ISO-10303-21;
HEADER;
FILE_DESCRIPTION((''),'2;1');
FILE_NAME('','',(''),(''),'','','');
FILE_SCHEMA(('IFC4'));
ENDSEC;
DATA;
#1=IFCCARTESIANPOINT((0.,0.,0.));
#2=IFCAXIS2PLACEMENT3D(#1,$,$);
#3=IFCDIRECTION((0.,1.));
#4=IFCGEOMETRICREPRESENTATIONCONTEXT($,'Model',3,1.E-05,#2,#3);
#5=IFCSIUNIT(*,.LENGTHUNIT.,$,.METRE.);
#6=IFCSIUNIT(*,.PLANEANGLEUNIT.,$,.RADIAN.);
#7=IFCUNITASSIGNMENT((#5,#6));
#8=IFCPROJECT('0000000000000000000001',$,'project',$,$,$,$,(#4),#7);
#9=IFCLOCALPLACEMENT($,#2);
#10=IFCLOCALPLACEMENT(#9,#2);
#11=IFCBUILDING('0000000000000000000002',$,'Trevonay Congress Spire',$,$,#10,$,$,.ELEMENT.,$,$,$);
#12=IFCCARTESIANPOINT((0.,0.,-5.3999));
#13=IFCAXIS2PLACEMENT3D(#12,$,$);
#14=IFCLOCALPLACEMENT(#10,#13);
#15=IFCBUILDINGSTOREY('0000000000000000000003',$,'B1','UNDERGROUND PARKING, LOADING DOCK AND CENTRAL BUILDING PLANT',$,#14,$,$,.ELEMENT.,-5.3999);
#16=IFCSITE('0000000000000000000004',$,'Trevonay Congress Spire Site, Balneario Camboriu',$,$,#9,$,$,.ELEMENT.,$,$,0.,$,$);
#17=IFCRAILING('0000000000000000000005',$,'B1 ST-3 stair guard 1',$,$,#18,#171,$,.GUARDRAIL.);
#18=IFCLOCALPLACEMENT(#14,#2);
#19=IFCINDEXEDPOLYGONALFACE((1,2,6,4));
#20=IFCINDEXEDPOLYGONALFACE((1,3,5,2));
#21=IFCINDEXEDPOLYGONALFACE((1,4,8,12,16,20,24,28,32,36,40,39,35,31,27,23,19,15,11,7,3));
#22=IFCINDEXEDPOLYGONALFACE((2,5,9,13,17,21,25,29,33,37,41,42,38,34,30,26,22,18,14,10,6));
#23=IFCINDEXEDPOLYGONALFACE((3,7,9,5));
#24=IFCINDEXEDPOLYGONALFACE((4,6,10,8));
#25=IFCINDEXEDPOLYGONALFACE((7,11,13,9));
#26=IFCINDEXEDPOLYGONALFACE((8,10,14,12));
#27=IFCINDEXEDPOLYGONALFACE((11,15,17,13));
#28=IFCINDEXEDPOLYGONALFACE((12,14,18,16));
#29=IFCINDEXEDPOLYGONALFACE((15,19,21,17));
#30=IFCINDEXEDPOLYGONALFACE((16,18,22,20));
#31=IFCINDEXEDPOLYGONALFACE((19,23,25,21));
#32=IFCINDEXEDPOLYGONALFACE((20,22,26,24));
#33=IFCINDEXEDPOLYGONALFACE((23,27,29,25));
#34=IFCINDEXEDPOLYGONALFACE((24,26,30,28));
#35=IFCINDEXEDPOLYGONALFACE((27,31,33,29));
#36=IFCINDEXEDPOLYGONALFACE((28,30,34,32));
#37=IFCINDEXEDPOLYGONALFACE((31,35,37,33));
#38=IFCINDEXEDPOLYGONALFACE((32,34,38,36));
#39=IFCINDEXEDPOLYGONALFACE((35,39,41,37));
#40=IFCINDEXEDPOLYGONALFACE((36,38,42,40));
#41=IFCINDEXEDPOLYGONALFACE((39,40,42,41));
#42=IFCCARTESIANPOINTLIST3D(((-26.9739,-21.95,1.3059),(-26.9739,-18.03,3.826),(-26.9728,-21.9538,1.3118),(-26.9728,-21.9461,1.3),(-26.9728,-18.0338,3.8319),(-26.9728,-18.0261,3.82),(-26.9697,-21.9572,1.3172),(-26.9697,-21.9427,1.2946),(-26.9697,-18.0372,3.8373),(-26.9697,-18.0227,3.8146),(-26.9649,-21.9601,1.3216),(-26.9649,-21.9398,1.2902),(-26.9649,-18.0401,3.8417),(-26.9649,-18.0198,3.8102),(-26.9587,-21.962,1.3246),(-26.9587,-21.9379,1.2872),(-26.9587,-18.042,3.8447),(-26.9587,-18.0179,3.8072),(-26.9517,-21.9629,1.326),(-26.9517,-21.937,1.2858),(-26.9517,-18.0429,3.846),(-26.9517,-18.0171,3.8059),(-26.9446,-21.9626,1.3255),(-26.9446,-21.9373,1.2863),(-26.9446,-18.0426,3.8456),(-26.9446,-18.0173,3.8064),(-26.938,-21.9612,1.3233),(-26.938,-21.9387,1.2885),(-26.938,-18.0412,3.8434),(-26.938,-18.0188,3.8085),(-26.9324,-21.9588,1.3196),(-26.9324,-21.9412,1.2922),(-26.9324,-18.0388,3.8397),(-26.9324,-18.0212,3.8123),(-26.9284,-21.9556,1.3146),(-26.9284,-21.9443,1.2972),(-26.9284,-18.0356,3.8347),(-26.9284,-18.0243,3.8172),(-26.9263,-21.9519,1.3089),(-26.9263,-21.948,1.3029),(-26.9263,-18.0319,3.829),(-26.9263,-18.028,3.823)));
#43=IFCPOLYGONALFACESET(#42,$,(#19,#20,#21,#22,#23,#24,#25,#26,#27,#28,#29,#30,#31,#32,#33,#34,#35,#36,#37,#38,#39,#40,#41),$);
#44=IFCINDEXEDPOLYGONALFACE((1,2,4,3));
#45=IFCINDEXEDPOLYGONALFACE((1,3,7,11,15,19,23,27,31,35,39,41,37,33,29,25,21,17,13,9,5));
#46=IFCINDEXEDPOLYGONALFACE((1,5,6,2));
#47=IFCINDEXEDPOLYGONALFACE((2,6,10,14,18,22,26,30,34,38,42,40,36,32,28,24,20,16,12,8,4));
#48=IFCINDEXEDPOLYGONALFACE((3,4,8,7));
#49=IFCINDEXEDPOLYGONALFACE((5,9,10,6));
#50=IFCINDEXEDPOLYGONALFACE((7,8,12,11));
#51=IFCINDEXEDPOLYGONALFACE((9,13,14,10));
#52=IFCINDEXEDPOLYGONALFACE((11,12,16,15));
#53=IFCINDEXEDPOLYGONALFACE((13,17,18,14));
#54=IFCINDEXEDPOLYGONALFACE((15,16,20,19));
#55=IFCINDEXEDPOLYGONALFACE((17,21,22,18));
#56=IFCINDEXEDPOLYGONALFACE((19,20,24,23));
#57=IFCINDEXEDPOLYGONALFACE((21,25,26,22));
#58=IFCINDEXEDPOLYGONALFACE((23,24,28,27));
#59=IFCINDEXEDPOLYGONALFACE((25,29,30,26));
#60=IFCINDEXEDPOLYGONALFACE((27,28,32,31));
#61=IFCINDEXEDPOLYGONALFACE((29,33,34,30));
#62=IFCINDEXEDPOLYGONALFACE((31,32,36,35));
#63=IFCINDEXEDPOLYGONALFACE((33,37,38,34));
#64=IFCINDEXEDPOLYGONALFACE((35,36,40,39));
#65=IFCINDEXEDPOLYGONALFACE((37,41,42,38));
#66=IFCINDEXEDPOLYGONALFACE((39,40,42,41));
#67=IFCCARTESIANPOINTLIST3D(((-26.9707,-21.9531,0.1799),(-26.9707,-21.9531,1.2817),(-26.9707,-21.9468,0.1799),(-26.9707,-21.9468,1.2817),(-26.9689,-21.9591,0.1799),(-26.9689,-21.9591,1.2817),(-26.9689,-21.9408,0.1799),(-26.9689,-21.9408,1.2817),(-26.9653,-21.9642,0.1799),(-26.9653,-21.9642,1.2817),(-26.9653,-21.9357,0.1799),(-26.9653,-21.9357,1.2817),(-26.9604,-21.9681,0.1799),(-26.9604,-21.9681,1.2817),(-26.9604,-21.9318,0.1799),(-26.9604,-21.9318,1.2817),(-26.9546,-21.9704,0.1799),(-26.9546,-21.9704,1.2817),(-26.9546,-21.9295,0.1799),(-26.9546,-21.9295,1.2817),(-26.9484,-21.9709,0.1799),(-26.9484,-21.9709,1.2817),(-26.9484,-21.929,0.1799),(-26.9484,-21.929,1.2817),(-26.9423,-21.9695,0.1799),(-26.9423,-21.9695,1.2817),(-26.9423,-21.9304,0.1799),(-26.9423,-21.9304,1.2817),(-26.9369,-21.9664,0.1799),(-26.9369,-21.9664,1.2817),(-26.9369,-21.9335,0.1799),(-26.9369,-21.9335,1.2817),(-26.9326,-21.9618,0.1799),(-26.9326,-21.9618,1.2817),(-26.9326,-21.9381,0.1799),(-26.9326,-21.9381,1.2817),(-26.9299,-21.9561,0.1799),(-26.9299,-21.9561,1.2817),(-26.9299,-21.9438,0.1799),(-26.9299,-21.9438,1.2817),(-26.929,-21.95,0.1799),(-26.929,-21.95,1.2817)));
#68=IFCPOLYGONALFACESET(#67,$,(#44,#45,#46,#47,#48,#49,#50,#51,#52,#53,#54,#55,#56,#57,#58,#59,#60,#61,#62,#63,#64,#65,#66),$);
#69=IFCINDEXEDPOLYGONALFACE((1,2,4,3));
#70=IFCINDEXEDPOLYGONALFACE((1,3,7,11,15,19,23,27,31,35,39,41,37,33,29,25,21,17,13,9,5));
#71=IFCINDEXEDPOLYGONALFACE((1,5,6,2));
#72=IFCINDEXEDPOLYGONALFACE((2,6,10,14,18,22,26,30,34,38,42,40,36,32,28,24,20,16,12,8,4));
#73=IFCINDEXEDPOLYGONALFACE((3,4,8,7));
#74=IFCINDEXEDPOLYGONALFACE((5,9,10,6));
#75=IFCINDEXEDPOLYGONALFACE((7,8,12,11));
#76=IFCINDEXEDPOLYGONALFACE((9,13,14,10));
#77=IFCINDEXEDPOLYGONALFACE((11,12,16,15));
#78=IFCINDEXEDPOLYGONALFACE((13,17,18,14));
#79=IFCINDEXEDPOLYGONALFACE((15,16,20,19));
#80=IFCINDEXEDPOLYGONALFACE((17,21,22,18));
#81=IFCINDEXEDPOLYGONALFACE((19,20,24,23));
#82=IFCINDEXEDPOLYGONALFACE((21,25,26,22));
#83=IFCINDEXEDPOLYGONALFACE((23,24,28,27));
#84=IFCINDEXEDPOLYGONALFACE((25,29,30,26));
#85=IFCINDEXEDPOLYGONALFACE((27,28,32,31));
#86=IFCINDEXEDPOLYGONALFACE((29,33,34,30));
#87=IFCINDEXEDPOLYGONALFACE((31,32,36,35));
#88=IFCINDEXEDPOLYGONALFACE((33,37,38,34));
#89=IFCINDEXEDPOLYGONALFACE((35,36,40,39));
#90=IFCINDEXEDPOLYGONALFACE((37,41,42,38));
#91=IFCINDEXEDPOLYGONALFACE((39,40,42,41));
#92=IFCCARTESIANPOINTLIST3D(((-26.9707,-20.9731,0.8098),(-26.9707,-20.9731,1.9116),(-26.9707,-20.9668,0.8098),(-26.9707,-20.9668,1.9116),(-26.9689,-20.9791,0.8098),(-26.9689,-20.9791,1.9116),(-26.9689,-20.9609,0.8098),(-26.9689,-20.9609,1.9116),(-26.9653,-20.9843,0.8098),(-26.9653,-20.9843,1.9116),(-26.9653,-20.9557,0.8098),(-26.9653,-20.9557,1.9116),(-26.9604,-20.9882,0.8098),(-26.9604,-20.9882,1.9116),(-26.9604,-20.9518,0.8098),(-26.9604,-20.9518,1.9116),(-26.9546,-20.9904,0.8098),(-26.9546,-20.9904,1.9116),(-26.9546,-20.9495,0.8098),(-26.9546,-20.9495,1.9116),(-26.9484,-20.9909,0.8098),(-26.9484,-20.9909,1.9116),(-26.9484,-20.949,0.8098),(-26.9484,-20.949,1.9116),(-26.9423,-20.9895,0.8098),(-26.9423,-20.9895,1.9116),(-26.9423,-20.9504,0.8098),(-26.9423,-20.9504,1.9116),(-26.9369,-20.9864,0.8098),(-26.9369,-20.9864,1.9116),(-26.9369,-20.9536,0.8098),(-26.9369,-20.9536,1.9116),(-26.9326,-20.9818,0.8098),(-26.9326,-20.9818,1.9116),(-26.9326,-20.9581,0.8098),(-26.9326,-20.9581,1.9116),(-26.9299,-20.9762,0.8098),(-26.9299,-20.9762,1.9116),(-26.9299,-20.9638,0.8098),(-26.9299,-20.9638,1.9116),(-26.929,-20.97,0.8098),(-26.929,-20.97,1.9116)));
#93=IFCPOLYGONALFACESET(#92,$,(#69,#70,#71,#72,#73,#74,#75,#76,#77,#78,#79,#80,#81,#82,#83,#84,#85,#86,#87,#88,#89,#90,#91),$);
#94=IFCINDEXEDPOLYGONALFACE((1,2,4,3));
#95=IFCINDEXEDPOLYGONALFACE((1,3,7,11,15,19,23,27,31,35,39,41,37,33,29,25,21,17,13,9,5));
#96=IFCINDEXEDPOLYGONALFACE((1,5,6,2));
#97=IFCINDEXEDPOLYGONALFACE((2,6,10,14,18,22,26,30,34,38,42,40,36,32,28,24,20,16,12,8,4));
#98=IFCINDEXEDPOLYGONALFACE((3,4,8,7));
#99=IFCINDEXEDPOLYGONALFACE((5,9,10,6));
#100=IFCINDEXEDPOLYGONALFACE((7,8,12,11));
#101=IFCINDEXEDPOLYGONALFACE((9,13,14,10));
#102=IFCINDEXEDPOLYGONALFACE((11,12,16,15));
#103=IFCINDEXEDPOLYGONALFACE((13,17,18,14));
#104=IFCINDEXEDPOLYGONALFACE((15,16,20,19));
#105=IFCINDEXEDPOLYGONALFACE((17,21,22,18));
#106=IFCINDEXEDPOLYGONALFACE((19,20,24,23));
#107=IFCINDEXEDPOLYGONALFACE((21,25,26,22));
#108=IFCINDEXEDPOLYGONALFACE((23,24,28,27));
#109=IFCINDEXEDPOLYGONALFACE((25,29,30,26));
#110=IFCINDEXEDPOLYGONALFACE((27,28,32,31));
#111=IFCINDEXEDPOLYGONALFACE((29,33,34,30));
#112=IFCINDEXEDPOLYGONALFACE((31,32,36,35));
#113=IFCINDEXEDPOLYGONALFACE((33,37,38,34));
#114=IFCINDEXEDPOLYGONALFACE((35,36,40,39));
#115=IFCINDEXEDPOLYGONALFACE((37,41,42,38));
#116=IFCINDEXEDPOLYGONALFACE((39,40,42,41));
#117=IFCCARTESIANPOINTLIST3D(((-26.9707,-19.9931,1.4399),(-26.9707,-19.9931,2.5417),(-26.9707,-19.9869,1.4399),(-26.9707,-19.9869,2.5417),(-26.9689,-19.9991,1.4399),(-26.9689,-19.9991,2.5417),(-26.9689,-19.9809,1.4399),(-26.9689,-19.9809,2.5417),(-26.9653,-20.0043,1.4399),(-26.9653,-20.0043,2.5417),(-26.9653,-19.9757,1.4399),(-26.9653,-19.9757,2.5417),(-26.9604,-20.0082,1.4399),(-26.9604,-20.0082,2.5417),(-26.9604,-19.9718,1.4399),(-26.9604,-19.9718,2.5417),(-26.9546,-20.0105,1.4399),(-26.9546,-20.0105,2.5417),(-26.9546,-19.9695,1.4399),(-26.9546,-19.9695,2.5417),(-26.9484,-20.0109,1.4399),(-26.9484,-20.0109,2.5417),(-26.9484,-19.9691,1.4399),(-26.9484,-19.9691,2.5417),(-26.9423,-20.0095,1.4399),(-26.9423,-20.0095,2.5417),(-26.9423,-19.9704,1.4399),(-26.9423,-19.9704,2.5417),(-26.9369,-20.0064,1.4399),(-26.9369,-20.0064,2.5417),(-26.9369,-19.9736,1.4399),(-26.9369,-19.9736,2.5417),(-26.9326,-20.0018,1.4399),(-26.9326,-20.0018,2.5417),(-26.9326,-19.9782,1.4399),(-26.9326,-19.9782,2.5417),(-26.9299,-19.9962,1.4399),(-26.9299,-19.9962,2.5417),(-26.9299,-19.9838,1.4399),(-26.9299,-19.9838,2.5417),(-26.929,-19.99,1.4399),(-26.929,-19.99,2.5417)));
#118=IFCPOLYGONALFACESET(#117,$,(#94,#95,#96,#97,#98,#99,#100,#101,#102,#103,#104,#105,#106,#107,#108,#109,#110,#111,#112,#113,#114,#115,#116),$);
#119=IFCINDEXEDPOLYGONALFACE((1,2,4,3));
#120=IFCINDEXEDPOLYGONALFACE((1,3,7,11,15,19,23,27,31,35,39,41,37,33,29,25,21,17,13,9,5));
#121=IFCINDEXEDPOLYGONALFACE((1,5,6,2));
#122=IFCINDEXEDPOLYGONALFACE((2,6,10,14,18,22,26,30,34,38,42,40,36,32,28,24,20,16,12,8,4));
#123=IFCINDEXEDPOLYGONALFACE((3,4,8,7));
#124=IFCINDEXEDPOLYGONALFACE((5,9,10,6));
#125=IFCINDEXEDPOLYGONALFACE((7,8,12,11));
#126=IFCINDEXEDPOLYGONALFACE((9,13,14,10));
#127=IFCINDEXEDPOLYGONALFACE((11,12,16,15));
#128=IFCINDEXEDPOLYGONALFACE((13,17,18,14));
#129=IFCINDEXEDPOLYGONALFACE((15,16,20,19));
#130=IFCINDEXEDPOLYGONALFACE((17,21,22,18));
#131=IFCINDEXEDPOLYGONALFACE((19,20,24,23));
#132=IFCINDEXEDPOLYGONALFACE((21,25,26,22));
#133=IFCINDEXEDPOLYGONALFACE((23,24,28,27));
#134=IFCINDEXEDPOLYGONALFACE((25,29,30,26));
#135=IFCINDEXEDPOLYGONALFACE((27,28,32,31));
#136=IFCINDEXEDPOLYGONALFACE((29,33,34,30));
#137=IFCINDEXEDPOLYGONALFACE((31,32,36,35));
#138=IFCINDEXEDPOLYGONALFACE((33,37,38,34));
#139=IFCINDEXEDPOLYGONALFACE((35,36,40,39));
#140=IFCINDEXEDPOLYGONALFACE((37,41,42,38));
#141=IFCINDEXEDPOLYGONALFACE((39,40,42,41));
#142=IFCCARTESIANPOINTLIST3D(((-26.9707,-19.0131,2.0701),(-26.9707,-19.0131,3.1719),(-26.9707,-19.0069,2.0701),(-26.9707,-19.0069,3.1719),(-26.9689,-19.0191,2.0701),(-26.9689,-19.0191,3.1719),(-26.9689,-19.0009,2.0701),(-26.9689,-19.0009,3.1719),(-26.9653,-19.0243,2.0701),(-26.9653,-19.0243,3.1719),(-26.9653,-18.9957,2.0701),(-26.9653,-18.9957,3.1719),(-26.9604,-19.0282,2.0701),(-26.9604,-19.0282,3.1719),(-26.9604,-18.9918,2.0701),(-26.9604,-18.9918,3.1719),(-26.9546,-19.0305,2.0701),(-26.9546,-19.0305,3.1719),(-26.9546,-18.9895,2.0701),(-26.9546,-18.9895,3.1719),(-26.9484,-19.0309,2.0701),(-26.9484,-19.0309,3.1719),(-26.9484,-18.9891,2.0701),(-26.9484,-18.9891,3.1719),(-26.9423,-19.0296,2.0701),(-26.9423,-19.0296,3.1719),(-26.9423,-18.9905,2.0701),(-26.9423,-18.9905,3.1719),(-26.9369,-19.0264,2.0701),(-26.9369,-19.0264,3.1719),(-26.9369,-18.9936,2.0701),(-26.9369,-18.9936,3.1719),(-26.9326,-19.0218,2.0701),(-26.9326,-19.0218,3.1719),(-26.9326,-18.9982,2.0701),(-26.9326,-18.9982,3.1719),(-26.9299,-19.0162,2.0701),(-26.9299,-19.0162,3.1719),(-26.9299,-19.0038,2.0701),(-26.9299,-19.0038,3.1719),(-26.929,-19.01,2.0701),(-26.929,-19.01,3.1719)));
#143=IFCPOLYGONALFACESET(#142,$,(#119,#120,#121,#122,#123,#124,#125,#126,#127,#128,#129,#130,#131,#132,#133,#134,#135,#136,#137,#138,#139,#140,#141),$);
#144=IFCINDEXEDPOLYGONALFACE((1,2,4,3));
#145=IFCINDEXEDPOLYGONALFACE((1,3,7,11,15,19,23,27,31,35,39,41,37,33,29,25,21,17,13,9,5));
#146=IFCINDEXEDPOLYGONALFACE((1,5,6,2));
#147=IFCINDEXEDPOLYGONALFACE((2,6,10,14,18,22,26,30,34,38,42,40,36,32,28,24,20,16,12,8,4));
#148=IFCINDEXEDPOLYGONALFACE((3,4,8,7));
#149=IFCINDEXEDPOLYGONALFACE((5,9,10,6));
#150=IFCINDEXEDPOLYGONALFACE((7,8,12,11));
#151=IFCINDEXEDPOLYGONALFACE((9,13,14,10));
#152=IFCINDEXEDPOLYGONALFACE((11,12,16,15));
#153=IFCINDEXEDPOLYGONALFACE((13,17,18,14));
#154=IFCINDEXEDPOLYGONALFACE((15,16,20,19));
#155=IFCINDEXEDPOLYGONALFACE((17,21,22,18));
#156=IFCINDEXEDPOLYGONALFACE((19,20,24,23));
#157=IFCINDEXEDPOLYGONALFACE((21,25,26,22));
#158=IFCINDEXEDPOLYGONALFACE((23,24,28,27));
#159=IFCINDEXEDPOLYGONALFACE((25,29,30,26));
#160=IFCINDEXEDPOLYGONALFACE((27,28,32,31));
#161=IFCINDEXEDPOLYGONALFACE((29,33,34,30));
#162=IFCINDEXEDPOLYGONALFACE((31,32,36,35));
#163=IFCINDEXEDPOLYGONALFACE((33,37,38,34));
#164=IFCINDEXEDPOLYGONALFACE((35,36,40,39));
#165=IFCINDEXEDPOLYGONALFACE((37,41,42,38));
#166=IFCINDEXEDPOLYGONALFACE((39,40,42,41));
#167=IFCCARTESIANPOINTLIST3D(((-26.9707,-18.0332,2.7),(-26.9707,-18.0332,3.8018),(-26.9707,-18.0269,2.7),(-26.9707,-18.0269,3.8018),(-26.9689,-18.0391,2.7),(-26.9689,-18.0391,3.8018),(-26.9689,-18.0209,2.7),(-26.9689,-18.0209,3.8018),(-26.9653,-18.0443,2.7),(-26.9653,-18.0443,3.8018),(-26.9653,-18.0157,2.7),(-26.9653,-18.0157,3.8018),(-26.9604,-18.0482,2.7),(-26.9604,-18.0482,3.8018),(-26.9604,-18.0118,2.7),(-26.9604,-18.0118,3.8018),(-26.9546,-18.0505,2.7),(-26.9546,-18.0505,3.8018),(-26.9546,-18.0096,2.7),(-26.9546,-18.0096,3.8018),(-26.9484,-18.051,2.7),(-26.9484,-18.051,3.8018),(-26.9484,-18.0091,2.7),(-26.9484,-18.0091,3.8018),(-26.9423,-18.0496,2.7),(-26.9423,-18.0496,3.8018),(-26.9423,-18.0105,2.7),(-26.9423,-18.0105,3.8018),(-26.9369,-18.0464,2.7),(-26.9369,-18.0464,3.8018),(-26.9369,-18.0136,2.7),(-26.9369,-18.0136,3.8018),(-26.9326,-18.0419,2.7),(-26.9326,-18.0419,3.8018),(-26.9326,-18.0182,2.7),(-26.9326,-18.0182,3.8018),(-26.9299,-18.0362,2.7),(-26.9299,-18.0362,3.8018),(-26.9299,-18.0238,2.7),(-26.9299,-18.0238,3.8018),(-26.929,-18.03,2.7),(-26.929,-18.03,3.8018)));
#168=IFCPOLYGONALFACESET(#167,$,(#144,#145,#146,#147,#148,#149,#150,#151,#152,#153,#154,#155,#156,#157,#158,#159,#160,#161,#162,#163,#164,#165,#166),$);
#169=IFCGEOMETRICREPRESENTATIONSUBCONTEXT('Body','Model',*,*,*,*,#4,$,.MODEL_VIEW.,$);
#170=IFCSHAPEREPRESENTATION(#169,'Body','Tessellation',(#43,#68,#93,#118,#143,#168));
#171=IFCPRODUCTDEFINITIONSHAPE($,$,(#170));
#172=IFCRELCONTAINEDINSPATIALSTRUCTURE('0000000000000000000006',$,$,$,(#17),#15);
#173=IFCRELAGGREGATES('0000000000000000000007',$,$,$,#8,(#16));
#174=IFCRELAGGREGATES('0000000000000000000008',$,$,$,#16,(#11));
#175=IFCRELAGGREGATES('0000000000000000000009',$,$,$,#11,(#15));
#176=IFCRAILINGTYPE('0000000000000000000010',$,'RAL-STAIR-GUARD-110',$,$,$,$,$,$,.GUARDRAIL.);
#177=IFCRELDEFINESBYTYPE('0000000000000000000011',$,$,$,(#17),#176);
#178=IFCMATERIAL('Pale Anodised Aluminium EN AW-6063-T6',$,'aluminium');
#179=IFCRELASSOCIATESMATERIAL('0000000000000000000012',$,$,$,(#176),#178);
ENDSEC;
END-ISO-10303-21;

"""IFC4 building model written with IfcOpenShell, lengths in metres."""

from ifc_helpers import new_model, si_unit, direction, frame, origin, origin_2d, place, context, subcontext, project, spatial, circle, extrude, material, type_object, element, save


model = new_model("IFC4")

# Units and contexts
model_context = context("Model", 3, precision=1e-05, world=origin(), true_north=direction((0.0, 1.0)))
body_context = subcontext(model_context, "Body", "Model", "MODEL_VIEW")
ifc_project = project(units=[si_unit("LENGTHUNIT", "METRE"), si_unit("PLANEANGLEUNIT", "RADIAN")], contexts=[model_context])

# Site, building, storey
site_placement = place(None, origin())
site = spatial("IfcSite", under=ifc_project, at=site_placement, Name="Trevonay Congress Spire Site, Balneario Camboriu", CompositionType="ELEMENT", RefElevation=0.0)
building_placement = place(site_placement, origin())
building = spatial("IfcBuilding", under=site, at=building_placement, Name="Trevonay Congress Spire", CompositionType="ELEMENT")
storey_placement = place(building_placement, frame((0.0, 0.0, -5.3999)))
storey = spatial("IfcBuildingStorey", under=building, at=storey_placement, Name="B1", Description="UNDERGROUND PARKING, LOADING DOCK AND CENTRAL BUILDING PLANT", CompositionType="ELEMENT", Elevation=-5.3999)

# Railing
ifc_material_1 = material(Name="Pale Anodised Aluminium EN AW-6063-T6", Category="aluminium")
railing_type_1 = type_object("IfcRailingType", Name="RAL-STAIR-GUARD-110", PredefinedType="GUARDRAIL", material=ifc_material_1)
railing_1_placement = place(storey_placement, frame((-26.95, -21.95, 0.1799)))
element("IfcRailing", 1, at=railing_1_placement, inside=storey, type_object=railing_type_1, Name="B1 ST-3 stair guard 1", PredefinedType="GUARDRAIL", context=body_context, shape_type="SweptSolid", body=[
    extrude(circle(Radius=0.0239, at=origin_2d()), frame((0.0, 0.0, 1.126), z_axis=(0.0, 0.841172, 0.540768), x_axis=(-1.0, 0.0, 0.0)), (0.0, 0.0, 1.0), 4.6602),
    extrude(circle(Radius=0.021, at=origin_2d()), origin(), (0.0, 0.0, 1.0), 1.1018),
    extrude(circle(Radius=0.021, at=origin_2d()), frame((0.0, 0.98, 0.6299)), (0.0, 0.0, 1.0), 1.1018),
    extrude(circle(Radius=0.021, at=origin_2d()), frame((0.0, 1.96, 1.26)), (0.0, 0.0, 1.0), 1.1018),
    extrude(circle(Radius=0.021, at=origin_2d()), frame((0.0, 2.9399, 1.8901)), (0.0, 0.0, 1.0), 1.1018),
    extrude(circle(Radius=0.021, at=origin_2d()), frame((0.0, 3.9199, 2.52)), (0.0, 0.0, 1.0), 1.1018),
])

save(model, "model.ifc")
